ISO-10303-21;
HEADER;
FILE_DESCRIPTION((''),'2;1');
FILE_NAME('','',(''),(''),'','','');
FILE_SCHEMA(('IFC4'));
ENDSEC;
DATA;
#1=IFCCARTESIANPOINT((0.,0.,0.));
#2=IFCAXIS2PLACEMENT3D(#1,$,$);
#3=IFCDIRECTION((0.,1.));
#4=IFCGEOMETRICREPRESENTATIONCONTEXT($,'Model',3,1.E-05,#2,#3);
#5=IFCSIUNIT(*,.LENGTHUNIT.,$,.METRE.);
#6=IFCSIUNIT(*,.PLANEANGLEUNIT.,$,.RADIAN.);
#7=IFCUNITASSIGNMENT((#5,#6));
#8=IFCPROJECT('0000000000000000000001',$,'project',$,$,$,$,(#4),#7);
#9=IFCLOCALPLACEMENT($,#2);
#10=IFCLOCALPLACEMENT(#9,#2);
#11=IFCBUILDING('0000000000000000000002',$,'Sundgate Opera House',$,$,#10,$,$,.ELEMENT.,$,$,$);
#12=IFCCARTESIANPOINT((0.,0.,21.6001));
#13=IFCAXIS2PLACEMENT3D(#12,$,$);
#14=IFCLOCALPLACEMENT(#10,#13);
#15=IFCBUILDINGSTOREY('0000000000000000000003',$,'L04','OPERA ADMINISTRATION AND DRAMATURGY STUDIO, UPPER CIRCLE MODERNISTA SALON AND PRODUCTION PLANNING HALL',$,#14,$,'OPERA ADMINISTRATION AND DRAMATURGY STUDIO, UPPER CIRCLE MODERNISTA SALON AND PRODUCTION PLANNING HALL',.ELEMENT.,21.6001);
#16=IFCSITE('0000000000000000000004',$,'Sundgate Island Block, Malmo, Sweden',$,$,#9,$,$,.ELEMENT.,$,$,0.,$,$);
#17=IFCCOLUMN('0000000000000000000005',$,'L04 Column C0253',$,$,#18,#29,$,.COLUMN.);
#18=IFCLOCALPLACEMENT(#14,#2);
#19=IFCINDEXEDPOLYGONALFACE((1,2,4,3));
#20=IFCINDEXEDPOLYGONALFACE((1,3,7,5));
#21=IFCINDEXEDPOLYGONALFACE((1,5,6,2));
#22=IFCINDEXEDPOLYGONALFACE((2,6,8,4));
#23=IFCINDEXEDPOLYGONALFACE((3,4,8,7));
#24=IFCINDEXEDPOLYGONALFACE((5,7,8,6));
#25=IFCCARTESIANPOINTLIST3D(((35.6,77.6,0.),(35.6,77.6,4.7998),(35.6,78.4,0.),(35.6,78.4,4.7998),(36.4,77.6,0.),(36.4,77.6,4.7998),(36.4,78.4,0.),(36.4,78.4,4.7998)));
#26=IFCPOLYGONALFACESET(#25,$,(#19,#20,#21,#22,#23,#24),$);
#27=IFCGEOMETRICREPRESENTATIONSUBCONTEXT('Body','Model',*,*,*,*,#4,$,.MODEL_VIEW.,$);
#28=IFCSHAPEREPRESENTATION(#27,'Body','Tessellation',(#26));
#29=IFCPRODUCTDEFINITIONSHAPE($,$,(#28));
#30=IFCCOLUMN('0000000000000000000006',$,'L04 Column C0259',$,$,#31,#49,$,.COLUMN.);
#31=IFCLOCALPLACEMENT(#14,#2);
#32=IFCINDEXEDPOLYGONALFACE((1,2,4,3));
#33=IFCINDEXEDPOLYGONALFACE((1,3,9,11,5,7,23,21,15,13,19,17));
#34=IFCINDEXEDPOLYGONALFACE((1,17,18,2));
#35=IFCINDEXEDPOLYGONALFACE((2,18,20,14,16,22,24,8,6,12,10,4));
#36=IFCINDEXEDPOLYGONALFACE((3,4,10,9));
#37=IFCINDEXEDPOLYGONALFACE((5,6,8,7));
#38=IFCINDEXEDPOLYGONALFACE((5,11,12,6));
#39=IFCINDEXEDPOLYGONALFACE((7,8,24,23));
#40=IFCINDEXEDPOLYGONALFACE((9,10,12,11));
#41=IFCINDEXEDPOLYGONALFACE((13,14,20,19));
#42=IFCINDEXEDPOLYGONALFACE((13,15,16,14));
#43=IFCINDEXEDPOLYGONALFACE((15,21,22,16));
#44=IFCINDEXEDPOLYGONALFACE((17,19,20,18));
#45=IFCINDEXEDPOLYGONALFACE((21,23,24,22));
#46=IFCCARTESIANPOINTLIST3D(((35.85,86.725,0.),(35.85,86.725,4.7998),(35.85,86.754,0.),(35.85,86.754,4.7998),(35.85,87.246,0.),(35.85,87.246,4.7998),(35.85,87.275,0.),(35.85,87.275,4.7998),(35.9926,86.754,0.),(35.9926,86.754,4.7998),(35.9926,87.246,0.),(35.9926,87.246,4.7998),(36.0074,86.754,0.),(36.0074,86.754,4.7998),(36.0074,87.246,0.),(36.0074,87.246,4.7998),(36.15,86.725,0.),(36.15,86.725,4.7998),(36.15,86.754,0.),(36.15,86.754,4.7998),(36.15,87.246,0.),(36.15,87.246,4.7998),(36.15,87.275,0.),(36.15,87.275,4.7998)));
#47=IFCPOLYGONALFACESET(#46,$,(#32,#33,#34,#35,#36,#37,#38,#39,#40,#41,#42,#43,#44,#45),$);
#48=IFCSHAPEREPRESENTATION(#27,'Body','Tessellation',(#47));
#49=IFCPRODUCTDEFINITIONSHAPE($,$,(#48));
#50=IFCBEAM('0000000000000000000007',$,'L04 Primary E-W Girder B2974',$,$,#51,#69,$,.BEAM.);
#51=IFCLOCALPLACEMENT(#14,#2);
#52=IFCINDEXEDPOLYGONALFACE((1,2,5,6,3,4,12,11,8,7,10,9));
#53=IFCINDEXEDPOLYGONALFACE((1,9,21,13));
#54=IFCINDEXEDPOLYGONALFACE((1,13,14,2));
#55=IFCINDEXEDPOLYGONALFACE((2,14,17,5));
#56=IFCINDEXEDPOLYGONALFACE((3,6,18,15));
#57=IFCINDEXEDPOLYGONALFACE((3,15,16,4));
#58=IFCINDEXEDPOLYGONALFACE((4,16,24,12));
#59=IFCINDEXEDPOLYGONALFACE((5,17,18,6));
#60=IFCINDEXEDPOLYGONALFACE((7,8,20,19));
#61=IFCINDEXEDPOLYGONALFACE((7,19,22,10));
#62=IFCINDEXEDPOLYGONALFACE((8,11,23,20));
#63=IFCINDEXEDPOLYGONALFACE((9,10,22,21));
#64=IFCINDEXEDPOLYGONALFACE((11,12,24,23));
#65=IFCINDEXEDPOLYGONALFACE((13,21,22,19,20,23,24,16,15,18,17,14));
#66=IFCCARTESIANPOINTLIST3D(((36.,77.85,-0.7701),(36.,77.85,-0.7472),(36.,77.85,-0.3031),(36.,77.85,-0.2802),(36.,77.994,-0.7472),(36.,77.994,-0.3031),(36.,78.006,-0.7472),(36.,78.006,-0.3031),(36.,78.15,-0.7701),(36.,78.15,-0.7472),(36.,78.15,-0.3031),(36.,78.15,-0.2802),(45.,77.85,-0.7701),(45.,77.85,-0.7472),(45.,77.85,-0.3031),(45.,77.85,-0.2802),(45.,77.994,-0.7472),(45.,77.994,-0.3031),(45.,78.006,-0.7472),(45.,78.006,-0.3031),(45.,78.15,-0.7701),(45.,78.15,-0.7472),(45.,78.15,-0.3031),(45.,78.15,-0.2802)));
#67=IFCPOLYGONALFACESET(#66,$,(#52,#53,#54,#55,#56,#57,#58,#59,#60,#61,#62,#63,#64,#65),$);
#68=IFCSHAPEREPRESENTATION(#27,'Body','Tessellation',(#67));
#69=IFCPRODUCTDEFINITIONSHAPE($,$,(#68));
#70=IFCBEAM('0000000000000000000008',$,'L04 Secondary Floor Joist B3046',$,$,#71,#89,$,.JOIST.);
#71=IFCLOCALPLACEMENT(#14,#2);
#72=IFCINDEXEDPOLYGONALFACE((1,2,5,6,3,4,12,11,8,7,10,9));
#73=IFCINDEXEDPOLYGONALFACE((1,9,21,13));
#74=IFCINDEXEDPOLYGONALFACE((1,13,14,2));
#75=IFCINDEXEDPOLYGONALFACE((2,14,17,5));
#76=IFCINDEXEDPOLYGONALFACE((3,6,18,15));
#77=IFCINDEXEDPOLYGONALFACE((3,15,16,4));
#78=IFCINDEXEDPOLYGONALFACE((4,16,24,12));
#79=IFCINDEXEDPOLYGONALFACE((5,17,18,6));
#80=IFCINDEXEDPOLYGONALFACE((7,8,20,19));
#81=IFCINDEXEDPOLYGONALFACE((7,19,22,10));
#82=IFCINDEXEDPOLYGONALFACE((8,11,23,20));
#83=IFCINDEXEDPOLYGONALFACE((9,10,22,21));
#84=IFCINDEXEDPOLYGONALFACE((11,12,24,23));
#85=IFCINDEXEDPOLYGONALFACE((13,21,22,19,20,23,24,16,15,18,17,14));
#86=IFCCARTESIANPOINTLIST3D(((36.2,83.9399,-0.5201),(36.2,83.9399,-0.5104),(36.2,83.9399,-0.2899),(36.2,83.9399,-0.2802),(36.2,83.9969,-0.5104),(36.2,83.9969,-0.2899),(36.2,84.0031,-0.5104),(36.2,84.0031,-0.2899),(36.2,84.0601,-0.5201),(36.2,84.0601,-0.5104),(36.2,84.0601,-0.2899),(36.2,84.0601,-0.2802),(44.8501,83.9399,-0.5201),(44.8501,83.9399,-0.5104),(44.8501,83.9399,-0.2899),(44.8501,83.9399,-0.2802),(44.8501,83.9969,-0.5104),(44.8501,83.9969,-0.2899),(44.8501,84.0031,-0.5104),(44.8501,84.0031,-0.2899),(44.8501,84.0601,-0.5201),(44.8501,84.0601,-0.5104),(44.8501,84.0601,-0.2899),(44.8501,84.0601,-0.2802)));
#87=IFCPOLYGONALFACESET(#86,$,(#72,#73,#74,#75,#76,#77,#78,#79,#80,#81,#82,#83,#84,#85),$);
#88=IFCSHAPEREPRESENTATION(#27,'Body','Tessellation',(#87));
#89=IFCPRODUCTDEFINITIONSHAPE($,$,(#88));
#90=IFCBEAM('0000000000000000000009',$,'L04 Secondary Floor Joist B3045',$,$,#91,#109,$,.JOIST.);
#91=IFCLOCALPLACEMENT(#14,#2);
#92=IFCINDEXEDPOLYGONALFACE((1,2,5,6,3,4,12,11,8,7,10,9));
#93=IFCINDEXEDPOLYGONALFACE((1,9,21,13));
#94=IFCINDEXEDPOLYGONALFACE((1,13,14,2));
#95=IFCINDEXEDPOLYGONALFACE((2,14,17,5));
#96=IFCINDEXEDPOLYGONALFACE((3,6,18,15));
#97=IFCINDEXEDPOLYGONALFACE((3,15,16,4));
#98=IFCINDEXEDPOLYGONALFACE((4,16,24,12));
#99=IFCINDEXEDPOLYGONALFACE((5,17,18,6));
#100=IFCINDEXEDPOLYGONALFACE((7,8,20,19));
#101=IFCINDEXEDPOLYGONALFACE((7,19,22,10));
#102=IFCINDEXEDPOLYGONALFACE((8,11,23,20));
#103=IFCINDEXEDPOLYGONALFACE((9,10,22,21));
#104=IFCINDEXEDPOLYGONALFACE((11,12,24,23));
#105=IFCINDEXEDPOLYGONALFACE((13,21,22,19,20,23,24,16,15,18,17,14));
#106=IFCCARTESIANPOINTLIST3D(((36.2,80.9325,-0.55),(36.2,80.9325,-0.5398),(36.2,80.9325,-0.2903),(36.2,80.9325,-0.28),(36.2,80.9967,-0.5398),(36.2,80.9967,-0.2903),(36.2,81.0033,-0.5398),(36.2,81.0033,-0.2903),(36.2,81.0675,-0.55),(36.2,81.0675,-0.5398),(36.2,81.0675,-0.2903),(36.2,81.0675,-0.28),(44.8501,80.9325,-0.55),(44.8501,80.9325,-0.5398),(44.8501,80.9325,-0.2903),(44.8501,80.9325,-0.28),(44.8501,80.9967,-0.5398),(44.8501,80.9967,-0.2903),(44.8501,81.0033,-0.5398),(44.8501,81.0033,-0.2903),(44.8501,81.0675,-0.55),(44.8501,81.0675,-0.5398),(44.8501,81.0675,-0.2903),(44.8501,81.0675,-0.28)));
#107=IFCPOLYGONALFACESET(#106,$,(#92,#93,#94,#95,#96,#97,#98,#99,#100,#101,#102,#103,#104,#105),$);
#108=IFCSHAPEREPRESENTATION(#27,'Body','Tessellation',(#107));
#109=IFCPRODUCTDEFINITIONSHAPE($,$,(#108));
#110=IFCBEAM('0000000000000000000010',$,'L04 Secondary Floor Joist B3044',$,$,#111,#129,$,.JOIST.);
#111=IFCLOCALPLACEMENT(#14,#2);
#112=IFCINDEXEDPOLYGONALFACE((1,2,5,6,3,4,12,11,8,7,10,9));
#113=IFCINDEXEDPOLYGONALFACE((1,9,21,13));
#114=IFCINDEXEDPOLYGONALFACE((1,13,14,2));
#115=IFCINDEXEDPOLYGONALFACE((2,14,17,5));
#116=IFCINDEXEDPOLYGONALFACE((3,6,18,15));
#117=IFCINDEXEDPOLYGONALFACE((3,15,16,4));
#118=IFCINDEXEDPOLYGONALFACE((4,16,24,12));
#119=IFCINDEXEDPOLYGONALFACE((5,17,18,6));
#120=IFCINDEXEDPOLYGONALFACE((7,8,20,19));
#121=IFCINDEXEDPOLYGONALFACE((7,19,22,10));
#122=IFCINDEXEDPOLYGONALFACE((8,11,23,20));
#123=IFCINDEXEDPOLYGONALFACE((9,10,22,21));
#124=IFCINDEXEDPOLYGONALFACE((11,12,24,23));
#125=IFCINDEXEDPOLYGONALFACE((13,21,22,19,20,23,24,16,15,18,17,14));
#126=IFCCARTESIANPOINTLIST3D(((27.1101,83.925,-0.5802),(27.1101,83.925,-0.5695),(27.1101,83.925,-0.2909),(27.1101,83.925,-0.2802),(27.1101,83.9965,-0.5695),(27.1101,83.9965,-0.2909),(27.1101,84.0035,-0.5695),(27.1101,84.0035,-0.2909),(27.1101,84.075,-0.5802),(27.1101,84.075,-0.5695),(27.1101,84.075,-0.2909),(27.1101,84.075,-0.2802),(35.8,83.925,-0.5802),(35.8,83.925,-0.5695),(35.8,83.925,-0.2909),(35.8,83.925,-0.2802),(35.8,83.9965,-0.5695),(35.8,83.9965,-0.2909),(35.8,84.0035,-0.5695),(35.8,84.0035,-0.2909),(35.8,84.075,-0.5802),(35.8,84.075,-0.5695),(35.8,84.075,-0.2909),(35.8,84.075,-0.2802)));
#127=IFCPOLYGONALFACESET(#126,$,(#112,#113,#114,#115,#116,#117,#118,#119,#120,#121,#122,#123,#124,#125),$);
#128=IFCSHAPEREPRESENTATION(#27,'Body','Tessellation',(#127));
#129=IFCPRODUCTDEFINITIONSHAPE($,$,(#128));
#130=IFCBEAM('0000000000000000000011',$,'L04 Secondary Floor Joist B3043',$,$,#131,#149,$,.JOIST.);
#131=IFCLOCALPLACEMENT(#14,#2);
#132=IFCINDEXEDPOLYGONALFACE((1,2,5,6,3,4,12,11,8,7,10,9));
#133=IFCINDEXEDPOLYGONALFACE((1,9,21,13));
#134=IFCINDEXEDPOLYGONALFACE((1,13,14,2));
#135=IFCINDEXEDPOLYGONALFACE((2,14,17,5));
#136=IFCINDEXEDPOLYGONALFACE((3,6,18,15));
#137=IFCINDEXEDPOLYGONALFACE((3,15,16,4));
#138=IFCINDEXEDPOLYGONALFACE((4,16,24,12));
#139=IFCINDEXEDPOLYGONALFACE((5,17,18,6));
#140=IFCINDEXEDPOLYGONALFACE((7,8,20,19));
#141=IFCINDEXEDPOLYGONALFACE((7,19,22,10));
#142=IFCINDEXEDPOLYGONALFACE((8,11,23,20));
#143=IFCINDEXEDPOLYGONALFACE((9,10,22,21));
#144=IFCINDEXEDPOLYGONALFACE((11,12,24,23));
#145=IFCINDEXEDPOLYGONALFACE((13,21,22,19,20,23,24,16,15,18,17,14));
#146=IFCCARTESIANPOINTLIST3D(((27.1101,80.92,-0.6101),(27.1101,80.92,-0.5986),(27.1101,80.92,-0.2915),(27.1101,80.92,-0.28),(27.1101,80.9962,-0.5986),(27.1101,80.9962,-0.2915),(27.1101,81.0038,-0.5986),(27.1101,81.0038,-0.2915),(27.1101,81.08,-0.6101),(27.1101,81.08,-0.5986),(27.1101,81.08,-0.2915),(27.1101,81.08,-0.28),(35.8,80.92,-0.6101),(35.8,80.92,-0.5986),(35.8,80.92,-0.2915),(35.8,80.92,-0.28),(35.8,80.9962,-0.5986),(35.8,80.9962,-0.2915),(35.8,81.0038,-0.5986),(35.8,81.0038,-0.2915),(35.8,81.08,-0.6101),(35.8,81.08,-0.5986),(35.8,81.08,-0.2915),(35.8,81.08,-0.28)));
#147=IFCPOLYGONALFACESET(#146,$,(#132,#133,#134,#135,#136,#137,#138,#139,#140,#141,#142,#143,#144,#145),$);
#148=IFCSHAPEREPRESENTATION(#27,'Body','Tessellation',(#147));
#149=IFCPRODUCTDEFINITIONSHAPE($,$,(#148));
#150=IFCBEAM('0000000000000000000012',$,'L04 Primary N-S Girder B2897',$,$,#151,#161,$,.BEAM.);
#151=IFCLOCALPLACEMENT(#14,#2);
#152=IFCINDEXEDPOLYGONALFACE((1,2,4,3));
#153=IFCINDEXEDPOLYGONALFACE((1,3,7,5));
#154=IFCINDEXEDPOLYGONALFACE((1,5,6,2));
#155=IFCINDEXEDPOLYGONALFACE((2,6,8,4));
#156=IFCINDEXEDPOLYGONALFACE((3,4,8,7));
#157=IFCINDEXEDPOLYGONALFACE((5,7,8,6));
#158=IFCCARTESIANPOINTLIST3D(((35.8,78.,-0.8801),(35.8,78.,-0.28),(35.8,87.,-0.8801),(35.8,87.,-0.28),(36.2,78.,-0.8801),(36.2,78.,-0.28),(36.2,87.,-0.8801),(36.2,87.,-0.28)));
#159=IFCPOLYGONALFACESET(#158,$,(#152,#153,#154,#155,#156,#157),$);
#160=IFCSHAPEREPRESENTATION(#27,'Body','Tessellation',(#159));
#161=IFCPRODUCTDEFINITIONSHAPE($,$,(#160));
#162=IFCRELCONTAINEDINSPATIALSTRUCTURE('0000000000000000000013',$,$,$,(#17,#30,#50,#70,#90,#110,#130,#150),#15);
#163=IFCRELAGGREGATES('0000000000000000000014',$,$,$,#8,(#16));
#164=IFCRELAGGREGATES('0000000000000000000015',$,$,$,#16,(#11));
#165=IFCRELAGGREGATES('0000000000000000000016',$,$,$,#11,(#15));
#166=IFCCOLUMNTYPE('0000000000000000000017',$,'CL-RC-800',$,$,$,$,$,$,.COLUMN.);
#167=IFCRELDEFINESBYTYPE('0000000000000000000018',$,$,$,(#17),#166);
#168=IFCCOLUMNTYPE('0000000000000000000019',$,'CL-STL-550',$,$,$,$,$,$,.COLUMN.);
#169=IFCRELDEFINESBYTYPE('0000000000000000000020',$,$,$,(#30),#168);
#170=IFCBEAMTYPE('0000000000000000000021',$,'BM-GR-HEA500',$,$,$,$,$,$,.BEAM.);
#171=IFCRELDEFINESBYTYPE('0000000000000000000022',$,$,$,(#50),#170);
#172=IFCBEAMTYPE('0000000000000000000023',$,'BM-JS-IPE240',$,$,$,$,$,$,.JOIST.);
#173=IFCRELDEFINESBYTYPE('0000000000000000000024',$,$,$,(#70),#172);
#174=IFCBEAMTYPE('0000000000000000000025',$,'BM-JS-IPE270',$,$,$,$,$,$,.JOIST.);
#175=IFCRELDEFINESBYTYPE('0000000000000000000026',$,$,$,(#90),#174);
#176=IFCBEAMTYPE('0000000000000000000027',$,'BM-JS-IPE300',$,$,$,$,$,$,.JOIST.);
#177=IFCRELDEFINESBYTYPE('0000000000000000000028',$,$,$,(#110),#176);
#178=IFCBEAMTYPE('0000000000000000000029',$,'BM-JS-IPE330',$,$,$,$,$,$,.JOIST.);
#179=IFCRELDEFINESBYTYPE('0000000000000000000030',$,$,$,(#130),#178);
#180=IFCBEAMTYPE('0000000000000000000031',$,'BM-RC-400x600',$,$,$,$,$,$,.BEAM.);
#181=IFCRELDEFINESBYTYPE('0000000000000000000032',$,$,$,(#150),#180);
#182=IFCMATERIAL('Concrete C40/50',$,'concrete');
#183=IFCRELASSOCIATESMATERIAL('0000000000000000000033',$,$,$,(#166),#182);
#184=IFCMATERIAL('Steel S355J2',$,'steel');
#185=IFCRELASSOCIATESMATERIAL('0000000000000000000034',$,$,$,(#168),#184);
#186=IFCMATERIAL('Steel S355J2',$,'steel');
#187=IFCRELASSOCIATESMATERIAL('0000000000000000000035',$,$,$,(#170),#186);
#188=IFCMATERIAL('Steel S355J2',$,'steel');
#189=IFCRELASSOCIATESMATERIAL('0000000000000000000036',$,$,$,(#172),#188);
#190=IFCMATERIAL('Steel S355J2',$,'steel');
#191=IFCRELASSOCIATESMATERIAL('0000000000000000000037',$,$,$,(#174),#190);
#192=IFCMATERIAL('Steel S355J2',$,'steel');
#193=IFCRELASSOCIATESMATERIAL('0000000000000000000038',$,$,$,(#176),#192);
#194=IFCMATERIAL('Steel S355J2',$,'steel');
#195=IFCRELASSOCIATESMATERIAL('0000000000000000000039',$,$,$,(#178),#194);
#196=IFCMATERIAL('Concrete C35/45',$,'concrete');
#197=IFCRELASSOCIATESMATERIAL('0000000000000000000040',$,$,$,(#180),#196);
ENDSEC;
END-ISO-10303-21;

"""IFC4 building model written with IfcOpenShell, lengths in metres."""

from ifc_helpers import new_model, si_unit, direction, frame, origin, origin_2d, place, context, subcontext, project, spatial, rectangle, i_section, extrude, material, material_profile, profile_set, type_object, element, save


model = new_model("IFC4")

# Units and contexts
model_context = context("Model", 3, precision=1e-05, world=origin(), true_north=direction((0.0, 1.0)))
body_context = subcontext(model_context, "Body", "Model", "MODEL_VIEW")
ifc_project = project(units=[si_unit("LENGTHUNIT", "METRE"), si_unit("PLANEANGLEUNIT", "RADIAN")], contexts=[model_context])

# Site, building, storey
site_placement = place(None, origin())
site = spatial("IfcSite", under=ifc_project, at=site_placement, Name="Sundgate Island Block, Malmo, Sweden", CompositionType="ELEMENT", RefElevation=0.0)
building_placement = place(site_placement, origin())
building = spatial("IfcBuilding", under=site, at=building_placement, Name="Sundgate Opera House", CompositionType="ELEMENT")
storey_placement = place(building_placement, frame((0.0, 0.0, 21.6001)))
storey = spatial("IfcBuildingStorey", under=building, at=storey_placement, Name="L04", Description="OPERA ADMINISTRATION AND DRAMATURGY STUDIO, UPPER CIRCLE MODERNISTA SALON AND PRODUCTION PLANNING HALL", LongName="OPERA ADMINISTRATION AND DRAMATURGY STUDIO, UPPER CIRCLE MODERNISTA SALON AND PRODUCTION PLANNING HALL", CompositionType="ELEMENT", Elevation=21.6001)

# Columns
ifc_material_1 = material(Name="Concrete C40/50", Category="concrete")
ifc_material_profile_1 = material_profile(ifc_material_1, rectangle(XDim=0.8, YDim=0.8, at=origin_2d()), Name="RC 800x800")
ifc_profile_set_1 = profile_set([ifc_material_profile_1], Name="Concrete C40/50")
column_type_1 = type_object("IfcColumnType", Name="CL-RC-800", PredefinedType="COLUMN", material=ifc_profile_set_1)
column_1_placement = place(storey_placement, frame((36.0, 78.0, 0.0), z_axis=(0.0, 0.0, 1.0), x_axis=(1.0, 0.0, 0.0)))
element("IfcColumn", 1, at=column_1_placement, inside=storey, type_object=column_type_1, Name="L04 Column C0253", PredefinedType="COLUMN", context=body_context, shape_type="SweptSolid", body=[
    extrude(rectangle(XDim=0.8, YDim=0.8, at=origin_2d()), origin(), (0.0, 0.0, 1.0), 4.7998),
])
ifc_material_2 = material(Name="Steel S355J2", Category="steel")
ifc_material_profile_2 = material_profile(ifc_material_2, i_section(OverallWidth=0.3, OverallDepth=0.55, WebThickness=0.0149, FlangeThickness=0.0291, at=origin_2d()), Name="HEB 550")
ifc_profile_set_2 = profile_set([ifc_material_profile_2], Name="Steel S355J2")
column_type_2 = type_object("IfcColumnType", Name="CL-STL-550", PredefinedType="COLUMN", material=ifc_profile_set_2)
column_2_placement = place(storey_placement, frame((36.0, 87.0, 0.0), z_axis=(0.0, 0.0, 1.0), x_axis=(1.0, 0.0, 0.0)))
element("IfcColumn", 2, at=column_2_placement, inside=storey, type_object=column_type_2, Name="L04 Column C0259", PredefinedType="COLUMN", context=body_context, shape_type="SweptSolid", body=[
    extrude(i_section(OverallWidth=0.3, OverallDepth=0.55, WebThickness=0.0149, FlangeThickness=0.0291, at=origin_2d()), origin(), (0.0, 0.0, 1.0), 4.7998),
])

# Beams
ifc_material_3 = material(Name="Steel S355J2", Category="steel")
ifc_material_profile_3 = material_profile(ifc_material_3, i_section(OverallWidth=0.3, OverallDepth=0.49, WebThickness=0.012, FlangeThickness=0.0229, at=origin_2d()), Name="HEA 500")
ifc_profile_set_3 = profile_set([ifc_material_profile_3], Name="Steel S355J2")
beam_type_1 = type_object("IfcBeamType", Name="BM-GR-HEA500", PredefinedType="BEAM", material=ifc_profile_set_3)
beam_1_placement = place(storey_placement, frame((36.0, 78.0, -0.5251), z_axis=(1.0, 0.0, 0.0), x_axis=(0.0, 1.0, 0.0)))
element("IfcBeam", 3, at=beam_1_placement, inside=storey, type_object=beam_type_1, Name="L04 Primary E-W Girder B2974", PredefinedType="BEAM", context=body_context, shape_type="SweptSolid", body=[
    extrude(i_section(OverallWidth=0.3, OverallDepth=0.49, WebThickness=0.012, FlangeThickness=0.0229, at=origin_2d()), origin(), (0.0, 0.0, 1.0), 9.0),
])
ifc_material_4 = material(Name="Steel S355J2", Category="steel")
ifc_material_profile_4 = material_profile(ifc_material_4, i_section(OverallWidth=0.1201, OverallDepth=0.24, WebThickness=0.0061, FlangeThickness=0.0098, at=origin_2d()), Name="IPE 240")
ifc_profile_set_4 = profile_set([ifc_material_profile_4], Name="Steel S355J2")
beam_type_2 = type_object("IfcBeamType", Name="BM-JS-IPE240", PredefinedType="JOIST", material=ifc_profile_set_4)
beam_2_placement = place(storey_placement, frame((36.2, 84.0, -0.4001), z_axis=(1.0, 0.0, 0.0), x_axis=(0.0, 1.0, 0.0)))
element("IfcBeam", 4, at=beam_2_placement, inside=storey, type_object=beam_type_2, Name="L04 Secondary Floor Joist B3046", PredefinedType="JOIST", context=body_context, shape_type="SweptSolid", body=[
    extrude(i_section(OverallWidth=0.1201, OverallDepth=0.24, WebThickness=0.0061, FlangeThickness=0.0098, at=origin_2d()), origin(), (0.0, 0.0, 1.0), 8.6501),
])
ifc_material_5 = material(Name="Steel S355J2", Category="steel")
ifc_material_profile_5 = material_profile(ifc_material_5, i_section(OverallWidth=0.135, OverallDepth=0.27, WebThickness=0.0066, FlangeThickness=0.0103, at=origin_2d()), Name="IPE 270")
ifc_profile_set_5 = profile_set([ifc_material_profile_5], Name="Steel S355J2")
beam_type_3 = type_object("IfcBeamType", Name="BM-JS-IPE270", PredefinedType="JOIST", material=ifc_profile_set_5)
beam_3_placement = place(storey_placement, frame((36.2, 81.0, -0.415), z_axis=(1.0, 0.0, 0.0), x_axis=(0.0, 1.0, 0.0)))
element("IfcBeam", 5, at=beam_3_placement, inside=storey, type_object=beam_type_3, Name="L04 Secondary Floor Joist B3045", PredefinedType="JOIST", context=body_context, shape_type="SweptSolid", body=[
    extrude(i_section(OverallWidth=0.135, OverallDepth=0.27, WebThickness=0.0066, FlangeThickness=0.0103, at=origin_2d()), origin(), (0.0, 0.0, 1.0), 8.6501),
])
ifc_material_6 = material(Name="Steel S355J2", Category="steel")
ifc_material_profile_6 = material_profile(ifc_material_6, i_section(OverallWidth=0.1499, OverallDepth=0.3, WebThickness=0.0071, FlangeThickness=0.0107, at=origin_2d()), Name="IPE 300")
ifc_profile_set_6 = profile_set([ifc_material_profile_6], Name="Steel S355J2")
beam_type_4 = type_object("IfcBeamType", Name="BM-JS-IPE300", PredefinedType="JOIST", material=ifc_profile_set_6)
beam_4_placement = place(storey_placement, frame((27.1101, 84.0, -0.4302), z_axis=(1.0, 0.0, 0.0), x_axis=(0.0, 1.0, 0.0)))
element("IfcBeam", 6, at=beam_4_placement, inside=storey, type_object=beam_type_4, Name="L04 Secondary Floor Joist B3044", PredefinedType="JOIST", context=body_context, shape_type="SweptSolid", body=[
    extrude(i_section(OverallWidth=0.1499, OverallDepth=0.3, WebThickness=0.0071, FlangeThickness=0.0107, at=origin_2d()), origin(), (0.0, 0.0, 1.0), 8.6899),
])
ifc_material_7 = material(Name="Steel S355J2", Category="steel")
ifc_material_profile_7 = material_profile(ifc_material_7, i_section(OverallWidth=0.1599, OverallDepth=0.3301, WebThickness=0.0076, FlangeThickness=0.0115, at=origin_2d()), Name="IPE 330")
ifc_profile_set_7 = profile_set([ifc_material_profile_7], Name="Steel S355J2")
beam_type_5 = type_object("IfcBeamType", Name="BM-JS-IPE330", PredefinedType="JOIST", material=ifc_profile_set_7)
beam_5_placement = place(storey_placement, frame((27.1101, 81.0, -0.4451), z_axis=(1.0, 0.0, 0.0), x_axis=(0.0, 1.0, 0.0)))
element("IfcBeam", 7, at=beam_5_placement, inside=storey, type_object=beam_type_5, Name="L04 Secondary Floor Joist B3043", PredefinedType="JOIST", context=body_context, shape_type="SweptSolid", body=[
    extrude(i_section(OverallWidth=0.1599, OverallDepth=0.3301, WebThickness=0.0076, FlangeThickness=0.0115, at=origin_2d()), origin(), (0.0, 0.0, 1.0), 8.6899),
])
ifc_material_8 = material(Name="Concrete C35/45", Category="concrete")
ifc_material_profile_8 = material_profile(ifc_material_8, rectangle(XDim=0.3999, YDim=0.6001, at=origin_2d()), Name="RC 400x600")
ifc_profile_set_8 = profile_set([ifc_material_profile_8], Name="Concrete C35/45")
beam_type_6 = type_object("IfcBeamType", Name="BM-RC-400x600", PredefinedType="BEAM", material=ifc_profile_set_8)
beam_6_placement = place(storey_placement, frame((36.0, 78.0, -0.5801), z_axis=(0.0, 1.0, 0.0), x_axis=(-1.0, 0.0, 0.0)))
element("IfcBeam", 8, at=beam_6_placement, inside=storey, type_object=beam_type_6, Name="L04 Primary N-S Girder B2897", PredefinedType="BEAM", context=body_context, shape_type="SweptSolid", body=[
    extrude(rectangle(XDim=0.3999, YDim=0.6001, at=origin_2d()), origin(), (0.0, 0.0, 1.0), 9.0),
])

save(model, "model.ifc")
